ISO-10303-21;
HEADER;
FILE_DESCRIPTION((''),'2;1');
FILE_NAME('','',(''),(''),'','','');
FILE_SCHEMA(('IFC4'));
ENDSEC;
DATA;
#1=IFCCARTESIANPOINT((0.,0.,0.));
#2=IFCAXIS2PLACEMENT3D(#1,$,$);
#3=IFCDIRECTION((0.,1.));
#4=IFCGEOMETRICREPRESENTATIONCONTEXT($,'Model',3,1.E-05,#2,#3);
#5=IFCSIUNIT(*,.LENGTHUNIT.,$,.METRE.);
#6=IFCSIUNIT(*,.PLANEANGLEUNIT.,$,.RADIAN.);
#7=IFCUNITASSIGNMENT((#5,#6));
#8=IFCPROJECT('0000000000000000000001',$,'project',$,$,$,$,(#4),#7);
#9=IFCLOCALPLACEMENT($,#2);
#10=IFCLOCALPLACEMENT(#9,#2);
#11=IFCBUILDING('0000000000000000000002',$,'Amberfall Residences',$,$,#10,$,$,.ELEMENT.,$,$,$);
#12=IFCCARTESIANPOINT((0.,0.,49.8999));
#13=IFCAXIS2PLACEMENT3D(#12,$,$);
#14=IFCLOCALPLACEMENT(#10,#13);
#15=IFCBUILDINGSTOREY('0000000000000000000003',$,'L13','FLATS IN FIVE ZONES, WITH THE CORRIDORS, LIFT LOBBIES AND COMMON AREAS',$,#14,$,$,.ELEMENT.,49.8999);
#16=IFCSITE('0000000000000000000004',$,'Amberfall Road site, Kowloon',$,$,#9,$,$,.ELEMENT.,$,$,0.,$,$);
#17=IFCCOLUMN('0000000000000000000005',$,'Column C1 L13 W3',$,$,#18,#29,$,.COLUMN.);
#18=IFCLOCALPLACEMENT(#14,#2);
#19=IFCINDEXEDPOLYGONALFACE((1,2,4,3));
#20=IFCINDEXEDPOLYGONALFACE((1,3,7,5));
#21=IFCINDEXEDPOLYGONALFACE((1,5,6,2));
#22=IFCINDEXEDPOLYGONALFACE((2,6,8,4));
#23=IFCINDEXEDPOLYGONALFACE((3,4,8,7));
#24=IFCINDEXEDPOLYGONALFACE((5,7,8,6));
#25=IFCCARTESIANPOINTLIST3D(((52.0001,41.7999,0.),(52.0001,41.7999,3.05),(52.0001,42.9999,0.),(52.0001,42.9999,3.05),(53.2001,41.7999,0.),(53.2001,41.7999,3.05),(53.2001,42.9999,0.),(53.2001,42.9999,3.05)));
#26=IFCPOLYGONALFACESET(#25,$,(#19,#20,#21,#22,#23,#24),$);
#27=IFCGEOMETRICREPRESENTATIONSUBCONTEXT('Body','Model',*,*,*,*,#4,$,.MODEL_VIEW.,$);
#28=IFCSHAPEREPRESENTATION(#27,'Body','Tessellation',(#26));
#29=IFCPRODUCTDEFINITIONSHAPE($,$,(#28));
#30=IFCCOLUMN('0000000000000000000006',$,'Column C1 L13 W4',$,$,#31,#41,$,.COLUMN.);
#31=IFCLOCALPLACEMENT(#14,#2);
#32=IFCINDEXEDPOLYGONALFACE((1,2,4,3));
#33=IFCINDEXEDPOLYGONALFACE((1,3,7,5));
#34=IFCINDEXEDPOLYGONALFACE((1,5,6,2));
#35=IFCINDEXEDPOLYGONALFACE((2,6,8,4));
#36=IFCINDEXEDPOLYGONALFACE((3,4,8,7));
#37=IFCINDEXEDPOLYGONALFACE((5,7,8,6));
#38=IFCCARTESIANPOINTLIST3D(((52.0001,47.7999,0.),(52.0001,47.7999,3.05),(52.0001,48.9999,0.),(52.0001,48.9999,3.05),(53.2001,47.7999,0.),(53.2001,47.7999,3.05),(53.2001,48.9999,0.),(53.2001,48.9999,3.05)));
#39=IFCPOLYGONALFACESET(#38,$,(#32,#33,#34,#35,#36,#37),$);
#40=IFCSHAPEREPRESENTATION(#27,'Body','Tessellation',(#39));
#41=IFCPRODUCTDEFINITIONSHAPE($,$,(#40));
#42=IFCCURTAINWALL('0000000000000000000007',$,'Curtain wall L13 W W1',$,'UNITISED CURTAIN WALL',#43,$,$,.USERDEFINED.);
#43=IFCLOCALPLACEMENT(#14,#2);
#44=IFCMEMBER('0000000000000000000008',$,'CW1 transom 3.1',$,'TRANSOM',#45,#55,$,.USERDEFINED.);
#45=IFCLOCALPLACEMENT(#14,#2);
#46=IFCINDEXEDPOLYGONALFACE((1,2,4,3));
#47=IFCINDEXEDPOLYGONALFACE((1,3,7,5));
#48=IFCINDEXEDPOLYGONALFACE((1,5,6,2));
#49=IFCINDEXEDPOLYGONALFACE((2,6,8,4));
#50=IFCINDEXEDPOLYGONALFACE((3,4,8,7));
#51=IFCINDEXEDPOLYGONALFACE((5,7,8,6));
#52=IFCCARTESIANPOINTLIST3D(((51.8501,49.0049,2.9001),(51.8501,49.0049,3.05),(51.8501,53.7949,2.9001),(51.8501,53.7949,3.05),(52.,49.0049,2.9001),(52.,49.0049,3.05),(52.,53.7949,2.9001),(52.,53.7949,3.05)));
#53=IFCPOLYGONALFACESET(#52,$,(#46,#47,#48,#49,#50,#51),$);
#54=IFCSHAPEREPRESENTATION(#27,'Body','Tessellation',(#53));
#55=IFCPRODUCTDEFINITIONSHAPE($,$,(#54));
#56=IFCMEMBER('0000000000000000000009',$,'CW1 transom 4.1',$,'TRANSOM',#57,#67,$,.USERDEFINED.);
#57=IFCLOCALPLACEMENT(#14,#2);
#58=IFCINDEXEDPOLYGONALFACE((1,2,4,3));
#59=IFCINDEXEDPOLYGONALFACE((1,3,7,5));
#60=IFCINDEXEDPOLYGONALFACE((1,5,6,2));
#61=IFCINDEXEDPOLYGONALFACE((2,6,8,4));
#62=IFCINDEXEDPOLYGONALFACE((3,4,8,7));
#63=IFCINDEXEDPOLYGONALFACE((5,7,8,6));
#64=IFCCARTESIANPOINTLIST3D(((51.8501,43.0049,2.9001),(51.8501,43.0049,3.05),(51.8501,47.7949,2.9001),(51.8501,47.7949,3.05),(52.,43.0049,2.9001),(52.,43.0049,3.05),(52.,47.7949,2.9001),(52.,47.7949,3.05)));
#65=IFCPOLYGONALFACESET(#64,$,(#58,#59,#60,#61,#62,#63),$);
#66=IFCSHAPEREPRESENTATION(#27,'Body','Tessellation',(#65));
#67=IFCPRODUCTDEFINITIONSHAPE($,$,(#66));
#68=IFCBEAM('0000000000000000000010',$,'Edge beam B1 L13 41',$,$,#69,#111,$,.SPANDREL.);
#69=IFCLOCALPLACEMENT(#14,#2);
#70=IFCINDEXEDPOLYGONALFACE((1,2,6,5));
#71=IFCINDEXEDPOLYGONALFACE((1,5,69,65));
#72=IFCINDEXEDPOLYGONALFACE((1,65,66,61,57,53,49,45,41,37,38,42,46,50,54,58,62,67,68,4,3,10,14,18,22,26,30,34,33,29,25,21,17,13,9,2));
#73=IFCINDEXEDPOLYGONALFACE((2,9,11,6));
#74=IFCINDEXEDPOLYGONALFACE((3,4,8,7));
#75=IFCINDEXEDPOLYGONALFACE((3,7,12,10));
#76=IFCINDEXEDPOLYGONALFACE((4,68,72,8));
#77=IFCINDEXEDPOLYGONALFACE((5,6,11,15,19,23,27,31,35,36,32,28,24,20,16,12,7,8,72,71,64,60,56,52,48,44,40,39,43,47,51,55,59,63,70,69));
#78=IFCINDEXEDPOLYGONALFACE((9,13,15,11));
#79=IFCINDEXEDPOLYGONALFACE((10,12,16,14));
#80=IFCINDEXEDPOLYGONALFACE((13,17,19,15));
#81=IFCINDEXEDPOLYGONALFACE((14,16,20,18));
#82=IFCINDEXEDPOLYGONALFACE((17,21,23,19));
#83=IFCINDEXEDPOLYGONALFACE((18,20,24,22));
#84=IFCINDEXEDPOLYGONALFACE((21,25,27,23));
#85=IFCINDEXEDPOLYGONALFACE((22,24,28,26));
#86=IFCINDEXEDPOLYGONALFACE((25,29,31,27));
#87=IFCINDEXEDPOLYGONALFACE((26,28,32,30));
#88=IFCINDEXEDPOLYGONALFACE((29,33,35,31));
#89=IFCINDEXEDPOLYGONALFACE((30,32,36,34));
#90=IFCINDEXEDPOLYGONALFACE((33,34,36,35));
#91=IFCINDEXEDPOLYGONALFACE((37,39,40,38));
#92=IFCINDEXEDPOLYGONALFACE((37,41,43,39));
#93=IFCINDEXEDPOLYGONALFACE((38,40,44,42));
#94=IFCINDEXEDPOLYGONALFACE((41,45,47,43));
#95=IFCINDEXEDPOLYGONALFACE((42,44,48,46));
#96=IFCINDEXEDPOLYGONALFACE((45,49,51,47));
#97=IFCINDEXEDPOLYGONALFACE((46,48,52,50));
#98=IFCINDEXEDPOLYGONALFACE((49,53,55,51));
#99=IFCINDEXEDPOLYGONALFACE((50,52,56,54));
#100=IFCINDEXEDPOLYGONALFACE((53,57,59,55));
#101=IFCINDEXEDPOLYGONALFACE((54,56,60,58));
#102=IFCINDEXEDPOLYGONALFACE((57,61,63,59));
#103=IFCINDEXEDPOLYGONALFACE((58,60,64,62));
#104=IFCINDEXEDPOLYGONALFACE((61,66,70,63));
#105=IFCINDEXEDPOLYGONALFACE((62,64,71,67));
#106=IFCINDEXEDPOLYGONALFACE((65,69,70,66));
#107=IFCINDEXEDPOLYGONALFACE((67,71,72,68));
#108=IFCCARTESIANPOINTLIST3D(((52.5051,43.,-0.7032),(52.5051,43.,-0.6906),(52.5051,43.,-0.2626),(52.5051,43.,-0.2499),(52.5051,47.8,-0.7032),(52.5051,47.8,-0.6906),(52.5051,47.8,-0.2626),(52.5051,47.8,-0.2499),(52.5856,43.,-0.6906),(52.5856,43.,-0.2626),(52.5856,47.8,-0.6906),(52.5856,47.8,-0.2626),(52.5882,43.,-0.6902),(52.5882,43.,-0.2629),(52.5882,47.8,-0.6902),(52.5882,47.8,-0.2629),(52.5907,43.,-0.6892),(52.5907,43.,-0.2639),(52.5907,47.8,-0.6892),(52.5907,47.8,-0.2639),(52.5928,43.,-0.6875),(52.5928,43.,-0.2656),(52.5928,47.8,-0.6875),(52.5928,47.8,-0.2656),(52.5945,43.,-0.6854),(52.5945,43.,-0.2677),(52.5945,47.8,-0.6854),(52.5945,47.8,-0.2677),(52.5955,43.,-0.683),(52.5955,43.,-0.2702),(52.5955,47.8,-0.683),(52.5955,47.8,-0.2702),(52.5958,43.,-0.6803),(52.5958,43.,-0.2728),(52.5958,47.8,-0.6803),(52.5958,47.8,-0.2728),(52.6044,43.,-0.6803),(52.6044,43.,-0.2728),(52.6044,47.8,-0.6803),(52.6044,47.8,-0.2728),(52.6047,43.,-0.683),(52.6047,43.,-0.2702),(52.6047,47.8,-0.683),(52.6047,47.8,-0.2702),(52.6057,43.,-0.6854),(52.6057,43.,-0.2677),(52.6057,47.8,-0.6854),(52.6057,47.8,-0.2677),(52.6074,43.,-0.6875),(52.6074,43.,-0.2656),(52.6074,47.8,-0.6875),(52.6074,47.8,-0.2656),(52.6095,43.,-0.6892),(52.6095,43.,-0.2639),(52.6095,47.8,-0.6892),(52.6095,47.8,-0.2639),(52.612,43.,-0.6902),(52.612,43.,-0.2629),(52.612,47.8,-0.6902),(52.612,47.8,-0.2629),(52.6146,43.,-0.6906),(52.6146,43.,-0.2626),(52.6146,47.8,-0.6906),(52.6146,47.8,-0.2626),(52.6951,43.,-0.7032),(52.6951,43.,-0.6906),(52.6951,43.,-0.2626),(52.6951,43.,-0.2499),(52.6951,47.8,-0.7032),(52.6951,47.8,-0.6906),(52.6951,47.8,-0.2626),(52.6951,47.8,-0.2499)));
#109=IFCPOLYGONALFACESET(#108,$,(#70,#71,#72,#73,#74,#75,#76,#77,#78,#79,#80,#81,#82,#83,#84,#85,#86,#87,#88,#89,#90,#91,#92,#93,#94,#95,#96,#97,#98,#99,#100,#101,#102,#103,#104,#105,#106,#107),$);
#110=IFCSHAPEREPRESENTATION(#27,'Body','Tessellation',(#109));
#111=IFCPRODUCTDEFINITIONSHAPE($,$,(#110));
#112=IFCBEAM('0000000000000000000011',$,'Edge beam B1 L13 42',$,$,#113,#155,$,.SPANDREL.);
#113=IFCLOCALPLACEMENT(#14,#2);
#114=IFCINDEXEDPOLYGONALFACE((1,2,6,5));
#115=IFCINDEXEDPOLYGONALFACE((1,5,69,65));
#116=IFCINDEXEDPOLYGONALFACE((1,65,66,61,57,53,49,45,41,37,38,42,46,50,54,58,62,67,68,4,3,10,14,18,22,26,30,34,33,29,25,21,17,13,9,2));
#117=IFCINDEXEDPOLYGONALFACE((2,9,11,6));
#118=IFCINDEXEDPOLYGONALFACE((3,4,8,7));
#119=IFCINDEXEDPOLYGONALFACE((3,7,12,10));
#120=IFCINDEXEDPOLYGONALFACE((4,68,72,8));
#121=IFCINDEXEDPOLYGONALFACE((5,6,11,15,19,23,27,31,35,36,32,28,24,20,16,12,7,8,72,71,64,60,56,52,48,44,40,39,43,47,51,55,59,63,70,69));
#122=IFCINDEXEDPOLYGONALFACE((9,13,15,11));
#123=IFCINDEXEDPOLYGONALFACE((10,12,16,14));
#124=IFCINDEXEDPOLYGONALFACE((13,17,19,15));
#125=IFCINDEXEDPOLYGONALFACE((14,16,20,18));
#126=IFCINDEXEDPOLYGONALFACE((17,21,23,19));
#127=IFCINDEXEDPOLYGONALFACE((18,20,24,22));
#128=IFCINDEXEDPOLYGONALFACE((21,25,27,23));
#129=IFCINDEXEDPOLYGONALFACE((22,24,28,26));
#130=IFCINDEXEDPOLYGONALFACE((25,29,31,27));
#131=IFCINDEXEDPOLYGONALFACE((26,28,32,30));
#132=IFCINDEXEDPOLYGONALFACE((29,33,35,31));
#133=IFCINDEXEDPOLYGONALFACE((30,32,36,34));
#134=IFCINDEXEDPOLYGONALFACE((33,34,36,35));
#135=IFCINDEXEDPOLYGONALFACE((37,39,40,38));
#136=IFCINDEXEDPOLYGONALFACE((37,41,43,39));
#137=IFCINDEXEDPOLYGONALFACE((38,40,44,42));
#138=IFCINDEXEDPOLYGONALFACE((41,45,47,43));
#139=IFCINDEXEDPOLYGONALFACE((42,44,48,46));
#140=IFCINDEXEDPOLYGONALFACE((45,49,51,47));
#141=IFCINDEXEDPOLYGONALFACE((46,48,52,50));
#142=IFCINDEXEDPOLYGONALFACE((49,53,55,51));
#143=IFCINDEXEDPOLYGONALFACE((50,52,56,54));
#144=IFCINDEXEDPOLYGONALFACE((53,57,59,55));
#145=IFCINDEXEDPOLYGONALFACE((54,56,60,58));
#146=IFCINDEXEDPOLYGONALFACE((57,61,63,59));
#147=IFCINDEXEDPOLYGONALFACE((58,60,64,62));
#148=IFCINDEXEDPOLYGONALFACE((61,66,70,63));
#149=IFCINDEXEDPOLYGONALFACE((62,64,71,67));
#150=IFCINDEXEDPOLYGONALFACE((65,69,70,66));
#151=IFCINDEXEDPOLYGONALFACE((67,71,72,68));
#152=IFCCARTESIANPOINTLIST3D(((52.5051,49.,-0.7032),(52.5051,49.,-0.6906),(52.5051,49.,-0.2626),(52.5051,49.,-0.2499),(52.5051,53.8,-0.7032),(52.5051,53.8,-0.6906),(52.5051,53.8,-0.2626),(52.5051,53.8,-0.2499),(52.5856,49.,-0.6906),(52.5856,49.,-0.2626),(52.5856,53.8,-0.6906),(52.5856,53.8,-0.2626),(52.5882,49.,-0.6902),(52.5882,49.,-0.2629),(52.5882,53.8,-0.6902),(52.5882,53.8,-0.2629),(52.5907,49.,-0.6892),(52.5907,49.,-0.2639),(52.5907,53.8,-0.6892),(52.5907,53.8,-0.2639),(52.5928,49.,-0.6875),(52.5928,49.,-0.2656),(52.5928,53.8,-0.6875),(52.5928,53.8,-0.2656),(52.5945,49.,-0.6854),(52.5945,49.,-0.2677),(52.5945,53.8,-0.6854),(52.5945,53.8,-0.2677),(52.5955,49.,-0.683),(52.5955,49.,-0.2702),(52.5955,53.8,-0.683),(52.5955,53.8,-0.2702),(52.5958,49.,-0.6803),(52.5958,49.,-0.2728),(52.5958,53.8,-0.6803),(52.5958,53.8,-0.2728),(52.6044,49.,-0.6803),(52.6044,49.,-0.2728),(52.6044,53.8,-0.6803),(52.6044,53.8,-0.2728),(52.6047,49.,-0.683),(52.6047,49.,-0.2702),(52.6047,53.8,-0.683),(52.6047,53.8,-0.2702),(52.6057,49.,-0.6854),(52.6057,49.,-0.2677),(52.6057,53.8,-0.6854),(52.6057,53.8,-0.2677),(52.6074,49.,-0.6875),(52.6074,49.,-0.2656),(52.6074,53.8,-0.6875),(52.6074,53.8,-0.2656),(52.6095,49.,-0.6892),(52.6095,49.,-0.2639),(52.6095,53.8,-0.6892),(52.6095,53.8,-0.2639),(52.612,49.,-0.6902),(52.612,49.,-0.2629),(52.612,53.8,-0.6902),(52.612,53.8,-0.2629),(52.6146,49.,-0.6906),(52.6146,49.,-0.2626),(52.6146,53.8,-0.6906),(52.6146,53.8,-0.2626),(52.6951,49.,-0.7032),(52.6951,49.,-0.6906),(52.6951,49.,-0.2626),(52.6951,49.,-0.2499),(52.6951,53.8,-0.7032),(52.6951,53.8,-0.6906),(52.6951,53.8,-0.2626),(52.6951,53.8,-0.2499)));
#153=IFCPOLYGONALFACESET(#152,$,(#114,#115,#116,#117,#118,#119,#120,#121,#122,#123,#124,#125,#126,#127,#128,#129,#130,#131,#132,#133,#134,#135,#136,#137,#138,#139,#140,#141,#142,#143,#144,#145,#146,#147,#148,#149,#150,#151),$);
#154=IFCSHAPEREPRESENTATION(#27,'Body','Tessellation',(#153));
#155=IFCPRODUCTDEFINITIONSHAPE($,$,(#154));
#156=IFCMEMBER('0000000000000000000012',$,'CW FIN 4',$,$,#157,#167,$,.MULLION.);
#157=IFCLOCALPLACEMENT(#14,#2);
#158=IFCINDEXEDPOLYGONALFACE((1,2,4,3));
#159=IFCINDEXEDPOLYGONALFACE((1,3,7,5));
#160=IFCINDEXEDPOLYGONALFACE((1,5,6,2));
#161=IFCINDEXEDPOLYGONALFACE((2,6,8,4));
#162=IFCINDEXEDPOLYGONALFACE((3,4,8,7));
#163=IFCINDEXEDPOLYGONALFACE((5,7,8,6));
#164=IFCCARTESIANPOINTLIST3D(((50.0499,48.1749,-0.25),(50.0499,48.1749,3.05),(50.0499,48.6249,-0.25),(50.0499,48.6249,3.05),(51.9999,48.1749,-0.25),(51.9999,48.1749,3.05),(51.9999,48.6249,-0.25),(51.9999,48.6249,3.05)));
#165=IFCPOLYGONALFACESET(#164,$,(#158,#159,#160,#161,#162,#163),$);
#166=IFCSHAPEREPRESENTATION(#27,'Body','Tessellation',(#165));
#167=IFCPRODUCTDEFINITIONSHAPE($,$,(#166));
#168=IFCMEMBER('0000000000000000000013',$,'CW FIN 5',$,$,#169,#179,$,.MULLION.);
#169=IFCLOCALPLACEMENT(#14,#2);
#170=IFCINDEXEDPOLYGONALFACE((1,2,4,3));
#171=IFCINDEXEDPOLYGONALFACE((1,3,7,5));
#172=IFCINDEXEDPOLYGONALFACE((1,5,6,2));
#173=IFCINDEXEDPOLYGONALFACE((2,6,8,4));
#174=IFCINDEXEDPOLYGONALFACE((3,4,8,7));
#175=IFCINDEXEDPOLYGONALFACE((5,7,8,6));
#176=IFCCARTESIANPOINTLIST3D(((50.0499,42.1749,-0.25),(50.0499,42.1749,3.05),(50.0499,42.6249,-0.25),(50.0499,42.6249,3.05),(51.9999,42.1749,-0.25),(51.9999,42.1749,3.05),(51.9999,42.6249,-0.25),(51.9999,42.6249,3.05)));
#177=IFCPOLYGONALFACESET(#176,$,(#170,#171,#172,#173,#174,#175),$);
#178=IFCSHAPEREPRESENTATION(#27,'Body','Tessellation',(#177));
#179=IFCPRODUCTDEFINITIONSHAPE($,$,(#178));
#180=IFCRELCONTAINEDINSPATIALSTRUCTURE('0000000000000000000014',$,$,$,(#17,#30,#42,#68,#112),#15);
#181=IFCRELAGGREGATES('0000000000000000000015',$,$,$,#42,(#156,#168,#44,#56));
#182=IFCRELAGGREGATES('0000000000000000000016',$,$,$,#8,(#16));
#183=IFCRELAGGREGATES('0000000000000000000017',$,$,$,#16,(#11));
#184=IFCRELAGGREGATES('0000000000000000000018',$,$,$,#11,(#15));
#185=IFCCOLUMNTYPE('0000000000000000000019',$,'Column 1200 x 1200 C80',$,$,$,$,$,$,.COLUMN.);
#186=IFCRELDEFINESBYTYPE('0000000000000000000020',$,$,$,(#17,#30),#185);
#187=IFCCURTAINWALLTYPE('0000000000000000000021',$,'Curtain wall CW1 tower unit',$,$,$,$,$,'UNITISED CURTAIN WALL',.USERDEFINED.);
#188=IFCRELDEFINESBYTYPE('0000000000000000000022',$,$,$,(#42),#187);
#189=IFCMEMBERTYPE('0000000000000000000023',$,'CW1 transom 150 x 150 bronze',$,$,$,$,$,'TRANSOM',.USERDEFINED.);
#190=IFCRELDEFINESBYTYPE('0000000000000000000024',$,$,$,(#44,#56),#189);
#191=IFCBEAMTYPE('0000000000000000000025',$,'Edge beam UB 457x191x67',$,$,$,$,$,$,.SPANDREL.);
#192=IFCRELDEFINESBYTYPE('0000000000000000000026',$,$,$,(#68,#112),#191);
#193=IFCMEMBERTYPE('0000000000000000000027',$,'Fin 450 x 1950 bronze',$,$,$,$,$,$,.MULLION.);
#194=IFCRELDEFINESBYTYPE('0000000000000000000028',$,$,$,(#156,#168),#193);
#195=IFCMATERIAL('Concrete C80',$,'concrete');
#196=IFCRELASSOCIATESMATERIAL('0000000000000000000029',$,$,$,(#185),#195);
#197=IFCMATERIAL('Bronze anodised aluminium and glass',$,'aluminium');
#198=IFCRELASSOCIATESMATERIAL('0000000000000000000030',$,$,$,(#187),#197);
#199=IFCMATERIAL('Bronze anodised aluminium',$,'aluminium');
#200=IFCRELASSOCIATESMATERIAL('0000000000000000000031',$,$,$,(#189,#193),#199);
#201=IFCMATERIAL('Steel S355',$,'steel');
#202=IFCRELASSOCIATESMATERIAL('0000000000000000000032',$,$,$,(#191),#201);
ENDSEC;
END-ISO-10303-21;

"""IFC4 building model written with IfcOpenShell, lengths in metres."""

from ifc_helpers import new_model, si_unit, direction, frame, origin, origin_2d, place, context, subcontext, project, spatial, rectangle, i_section, extrude, material, material_profile, profile_set, type_object, element, aggregate, save


model = new_model("IFC4")

# Units and contexts
model_context = context("Model", 3, precision=1e-05, world=origin(), true_north=direction((0.0, 1.0)))
body_context = subcontext(model_context, "Body", "Model", "MODEL_VIEW")
ifc_project = project(units=[si_unit("LENGTHUNIT", "METRE"), si_unit("PLANEANGLEUNIT", "RADIAN")], contexts=[model_context])

# Site, building, storey
site_placement = place(None, origin())
site = spatial("IfcSite", under=ifc_project, at=site_placement, Name="Amberfall Road site, Kowloon", CompositionType="ELEMENT", RefElevation=0.0)
building_placement = place(site_placement, origin())
building = spatial("IfcBuilding", under=site, at=building_placement, Name="Amberfall Residences", CompositionType="ELEMENT")
storey_placement = place(building_placement, frame((0.0, 0.0, 49.8999)))
storey = spatial("IfcBuildingStorey", under=building, at=storey_placement, Name="L13", Description="FLATS IN FIVE ZONES, WITH THE CORRIDORS, LIFT LOBBIES AND COMMON AREAS", CompositionType="ELEMENT", Elevation=49.8999)

# Columns
ifc_material_1 = material(Name="Concrete C80", Category="concrete")
ifc_material_profile_1 = material_profile(ifc_material_1, rectangle(XDim=1.2, YDim=1.2, at=origin_2d()), Name="Column 1200 x 1200 C80")
ifc_profile_set_1 = profile_set([ifc_material_profile_1], Name="Concrete C80")
column_type = type_object("IfcColumnType", Name="Column 1200 x 1200 C80", PredefinedType="COLUMN", material=ifc_profile_set_1)
for number, where, z_axis, x_axis, name in (
    (1, (52.6001, 42.3999, 0.0), (0.0, 0.0, 1.0), (1.0, 0.0, 0.0), "Column C1 L13 W3"),
    (2, (52.6001, 48.3999, 0.0), (0.0, 0.0, 1.0), (1.0, 0.0, 0.0), "Column C1 L13 W4"),
):
    element("IfcColumn", number, at=place(storey_placement, frame(where, z_axis=z_axis, x_axis=x_axis)), inside=storey, type_object=column_type, Name=name, PredefinedType="COLUMN", context=body_context, shape_type="SweptSolid", body=[
        extrude(rectangle(XDim=1.2, YDim=1.2, at=origin_2d()), origin(), (0.0, 0.0, 1.0), 3.05),
    ])

# Curtain wall, members
ifc_material_2 = material(Name="Bronze anodised aluminium and glass", Category="aluminium")
curtain_wall_type = type_object("IfcCurtainWallType", Name="Curtain wall CW1 tower unit", ElementType="UNITISED CURTAIN WALL", PredefinedType="USERDEFINED", material=ifc_material_2)
curtain_wall_placement = place(storey_placement, origin())
curtain_wall = element("IfcCurtainWall", 3, at=curtain_wall_placement, inside=storey, type_object=curtain_wall_type, Name="Curtain wall L13 W W1", ObjectType="UNITISED CURTAIN WALL", PredefinedType="USERDEFINED")
ifc_material_3 = material(Name="Bronze anodised aluminium", Category="aluminium")
ifc_material_profile_2 = material_profile(ifc_material_3, rectangle(XDim=0.1499, YDim=0.1499, at=origin_2d()), Name="CW1 transom 150 x 150 bronze")
ifc_profile_set_2 = profile_set([ifc_material_profile_2], Name="Bronze anodised aluminium")
member_type_1 = type_object("IfcMemberType", Name="CW1 transom 150 x 150 bronze", ElementType="TRANSOM", PredefinedType="USERDEFINED", material=ifc_profile_set_2)
member_1_placement = place(storey_placement, frame((51.925, 53.7949, 2.9751), z_axis=(0.0, -1.0, 0.0), x_axis=(1.0, 0.0, 0.0)))
member_1 = element("IfcMember", 4, at=member_1_placement, type_object=member_type_1, Name="CW1 transom 3.1", ObjectType="TRANSOM", PredefinedType="USERDEFINED", context=body_context, shape_type="SweptSolid", body=[
    extrude(rectangle(XDim=0.1499, YDim=0.1499, at=origin_2d()), origin(), (0.0, 0.0, 1.0), 4.79),
])
member_2_placement = place(storey_placement, frame((51.925, 47.7949, 2.9751), z_axis=(0.0, -1.0, 0.0), x_axis=(1.0, 0.0, 0.0)))
member_2 = element("IfcMember", 5, at=member_2_placement, type_object=member_type_1, Name="CW1 transom 4.1", ObjectType="TRANSOM", PredefinedType="USERDEFINED", context=body_context, shape_type="SweptSolid", body=[
    extrude(rectangle(XDim=0.1499, YDim=0.1499, at=origin_2d()), origin(), (0.0, 0.0, 1.0), 4.79),
])

# Beams
ifc_material_4 = material(Name="Steel S355", Category="steel")
ifc_material_profile_3 = material_profile(ifc_material_4, i_section(OverallWidth=0.1899, OverallDepth=0.4534, WebThickness=0.0085, FlangeThickness=0.0127, FilletRadius=0.0103, at=origin_2d()), Name="UB 457x191x67")
ifc_profile_set_3 = profile_set([ifc_material_profile_3], Name="Steel S355")
beam_type_1 = type_object("IfcBeamType", Name="Edge beam UB 457x191x67", PredefinedType="SPANDREL", material=ifc_profile_set_3)
for number, where, z_axis, x_axis, name in (
    (6, (52.6001, 43.0, -0.4766), (0.0, 1.0, 0.0), (-1.0, 0.0, 0.0), "Edge beam B1 L13 41"),
    (7, (52.6001, 49.0, -0.4766), (0.0, 1.0, 0.0), (-1.0, 0.0, 0.0), "Edge beam B1 L13 42"),
):
    element("IfcBeam", number, at=place(storey_placement, frame(where, z_axis=z_axis, x_axis=x_axis)), inside=storey, type_object=beam_type_1, Name=name, PredefinedType="SPANDREL", context=body_context, shape_type="SweptSolid", body=[
        extrude(i_section(OverallWidth=0.1899, OverallDepth=0.4534, WebThickness=0.0085, FlangeThickness=0.0127, FilletRadius=0.0103, at=origin_2d()), origin(), (0.0, 0.0, 1.0), 4.8),
    ])

# Members
ifc_material_profile_4 = material_profile(ifc_material_3, rectangle(XDim=1.95, YDim=0.45, at=origin_2d()), Name="Fin 450 x 1950 bronze")
ifc_profile_set_4 = profile_set([ifc_material_profile_4], Name="Bronze anodised aluminium")
member_type_2 = type_object("IfcMemberType", Name="Fin 450 x 1950 bronze", PredefinedType="MULLION", material=ifc_profile_set_4)
member_3_placement = place(storey_placement, frame((51.0249, 48.3999, -0.25), z_axis=(0.0, 0.0, 1.0), x_axis=(1.0, 0.0, 0.0)))
member_3 = element("IfcMember", 8, at=member_3_placement, type_object=member_type_2, Name="CW FIN 4", PredefinedType="MULLION", context=body_context, shape_type="SweptSolid", body=[
    extrude(rectangle(XDim=1.95, YDim=0.45, at=origin_2d()), origin(), (0.0, 0.0, 1.0), 3.3),
])
member_4_placement = place(storey_placement, frame((51.0249, 42.3999, -0.25), z_axis=(0.0, 0.0, 1.0), x_axis=(1.0, 0.0, 0.0)))
member_4 = element("IfcMember", 9, at=member_4_placement, type_object=member_type_2, Name="CW FIN 5", PredefinedType="MULLION", context=body_context, shape_type="SweptSolid", body=[
    extrude(rectangle(XDim=1.95, YDim=0.45, at=origin_2d()), origin(), (0.0, 0.0, 1.0), 3.3),
])

aggregate(curtain_wall, [member_3, member_4, member_1, member_2])

save(model, "model.ifc")
